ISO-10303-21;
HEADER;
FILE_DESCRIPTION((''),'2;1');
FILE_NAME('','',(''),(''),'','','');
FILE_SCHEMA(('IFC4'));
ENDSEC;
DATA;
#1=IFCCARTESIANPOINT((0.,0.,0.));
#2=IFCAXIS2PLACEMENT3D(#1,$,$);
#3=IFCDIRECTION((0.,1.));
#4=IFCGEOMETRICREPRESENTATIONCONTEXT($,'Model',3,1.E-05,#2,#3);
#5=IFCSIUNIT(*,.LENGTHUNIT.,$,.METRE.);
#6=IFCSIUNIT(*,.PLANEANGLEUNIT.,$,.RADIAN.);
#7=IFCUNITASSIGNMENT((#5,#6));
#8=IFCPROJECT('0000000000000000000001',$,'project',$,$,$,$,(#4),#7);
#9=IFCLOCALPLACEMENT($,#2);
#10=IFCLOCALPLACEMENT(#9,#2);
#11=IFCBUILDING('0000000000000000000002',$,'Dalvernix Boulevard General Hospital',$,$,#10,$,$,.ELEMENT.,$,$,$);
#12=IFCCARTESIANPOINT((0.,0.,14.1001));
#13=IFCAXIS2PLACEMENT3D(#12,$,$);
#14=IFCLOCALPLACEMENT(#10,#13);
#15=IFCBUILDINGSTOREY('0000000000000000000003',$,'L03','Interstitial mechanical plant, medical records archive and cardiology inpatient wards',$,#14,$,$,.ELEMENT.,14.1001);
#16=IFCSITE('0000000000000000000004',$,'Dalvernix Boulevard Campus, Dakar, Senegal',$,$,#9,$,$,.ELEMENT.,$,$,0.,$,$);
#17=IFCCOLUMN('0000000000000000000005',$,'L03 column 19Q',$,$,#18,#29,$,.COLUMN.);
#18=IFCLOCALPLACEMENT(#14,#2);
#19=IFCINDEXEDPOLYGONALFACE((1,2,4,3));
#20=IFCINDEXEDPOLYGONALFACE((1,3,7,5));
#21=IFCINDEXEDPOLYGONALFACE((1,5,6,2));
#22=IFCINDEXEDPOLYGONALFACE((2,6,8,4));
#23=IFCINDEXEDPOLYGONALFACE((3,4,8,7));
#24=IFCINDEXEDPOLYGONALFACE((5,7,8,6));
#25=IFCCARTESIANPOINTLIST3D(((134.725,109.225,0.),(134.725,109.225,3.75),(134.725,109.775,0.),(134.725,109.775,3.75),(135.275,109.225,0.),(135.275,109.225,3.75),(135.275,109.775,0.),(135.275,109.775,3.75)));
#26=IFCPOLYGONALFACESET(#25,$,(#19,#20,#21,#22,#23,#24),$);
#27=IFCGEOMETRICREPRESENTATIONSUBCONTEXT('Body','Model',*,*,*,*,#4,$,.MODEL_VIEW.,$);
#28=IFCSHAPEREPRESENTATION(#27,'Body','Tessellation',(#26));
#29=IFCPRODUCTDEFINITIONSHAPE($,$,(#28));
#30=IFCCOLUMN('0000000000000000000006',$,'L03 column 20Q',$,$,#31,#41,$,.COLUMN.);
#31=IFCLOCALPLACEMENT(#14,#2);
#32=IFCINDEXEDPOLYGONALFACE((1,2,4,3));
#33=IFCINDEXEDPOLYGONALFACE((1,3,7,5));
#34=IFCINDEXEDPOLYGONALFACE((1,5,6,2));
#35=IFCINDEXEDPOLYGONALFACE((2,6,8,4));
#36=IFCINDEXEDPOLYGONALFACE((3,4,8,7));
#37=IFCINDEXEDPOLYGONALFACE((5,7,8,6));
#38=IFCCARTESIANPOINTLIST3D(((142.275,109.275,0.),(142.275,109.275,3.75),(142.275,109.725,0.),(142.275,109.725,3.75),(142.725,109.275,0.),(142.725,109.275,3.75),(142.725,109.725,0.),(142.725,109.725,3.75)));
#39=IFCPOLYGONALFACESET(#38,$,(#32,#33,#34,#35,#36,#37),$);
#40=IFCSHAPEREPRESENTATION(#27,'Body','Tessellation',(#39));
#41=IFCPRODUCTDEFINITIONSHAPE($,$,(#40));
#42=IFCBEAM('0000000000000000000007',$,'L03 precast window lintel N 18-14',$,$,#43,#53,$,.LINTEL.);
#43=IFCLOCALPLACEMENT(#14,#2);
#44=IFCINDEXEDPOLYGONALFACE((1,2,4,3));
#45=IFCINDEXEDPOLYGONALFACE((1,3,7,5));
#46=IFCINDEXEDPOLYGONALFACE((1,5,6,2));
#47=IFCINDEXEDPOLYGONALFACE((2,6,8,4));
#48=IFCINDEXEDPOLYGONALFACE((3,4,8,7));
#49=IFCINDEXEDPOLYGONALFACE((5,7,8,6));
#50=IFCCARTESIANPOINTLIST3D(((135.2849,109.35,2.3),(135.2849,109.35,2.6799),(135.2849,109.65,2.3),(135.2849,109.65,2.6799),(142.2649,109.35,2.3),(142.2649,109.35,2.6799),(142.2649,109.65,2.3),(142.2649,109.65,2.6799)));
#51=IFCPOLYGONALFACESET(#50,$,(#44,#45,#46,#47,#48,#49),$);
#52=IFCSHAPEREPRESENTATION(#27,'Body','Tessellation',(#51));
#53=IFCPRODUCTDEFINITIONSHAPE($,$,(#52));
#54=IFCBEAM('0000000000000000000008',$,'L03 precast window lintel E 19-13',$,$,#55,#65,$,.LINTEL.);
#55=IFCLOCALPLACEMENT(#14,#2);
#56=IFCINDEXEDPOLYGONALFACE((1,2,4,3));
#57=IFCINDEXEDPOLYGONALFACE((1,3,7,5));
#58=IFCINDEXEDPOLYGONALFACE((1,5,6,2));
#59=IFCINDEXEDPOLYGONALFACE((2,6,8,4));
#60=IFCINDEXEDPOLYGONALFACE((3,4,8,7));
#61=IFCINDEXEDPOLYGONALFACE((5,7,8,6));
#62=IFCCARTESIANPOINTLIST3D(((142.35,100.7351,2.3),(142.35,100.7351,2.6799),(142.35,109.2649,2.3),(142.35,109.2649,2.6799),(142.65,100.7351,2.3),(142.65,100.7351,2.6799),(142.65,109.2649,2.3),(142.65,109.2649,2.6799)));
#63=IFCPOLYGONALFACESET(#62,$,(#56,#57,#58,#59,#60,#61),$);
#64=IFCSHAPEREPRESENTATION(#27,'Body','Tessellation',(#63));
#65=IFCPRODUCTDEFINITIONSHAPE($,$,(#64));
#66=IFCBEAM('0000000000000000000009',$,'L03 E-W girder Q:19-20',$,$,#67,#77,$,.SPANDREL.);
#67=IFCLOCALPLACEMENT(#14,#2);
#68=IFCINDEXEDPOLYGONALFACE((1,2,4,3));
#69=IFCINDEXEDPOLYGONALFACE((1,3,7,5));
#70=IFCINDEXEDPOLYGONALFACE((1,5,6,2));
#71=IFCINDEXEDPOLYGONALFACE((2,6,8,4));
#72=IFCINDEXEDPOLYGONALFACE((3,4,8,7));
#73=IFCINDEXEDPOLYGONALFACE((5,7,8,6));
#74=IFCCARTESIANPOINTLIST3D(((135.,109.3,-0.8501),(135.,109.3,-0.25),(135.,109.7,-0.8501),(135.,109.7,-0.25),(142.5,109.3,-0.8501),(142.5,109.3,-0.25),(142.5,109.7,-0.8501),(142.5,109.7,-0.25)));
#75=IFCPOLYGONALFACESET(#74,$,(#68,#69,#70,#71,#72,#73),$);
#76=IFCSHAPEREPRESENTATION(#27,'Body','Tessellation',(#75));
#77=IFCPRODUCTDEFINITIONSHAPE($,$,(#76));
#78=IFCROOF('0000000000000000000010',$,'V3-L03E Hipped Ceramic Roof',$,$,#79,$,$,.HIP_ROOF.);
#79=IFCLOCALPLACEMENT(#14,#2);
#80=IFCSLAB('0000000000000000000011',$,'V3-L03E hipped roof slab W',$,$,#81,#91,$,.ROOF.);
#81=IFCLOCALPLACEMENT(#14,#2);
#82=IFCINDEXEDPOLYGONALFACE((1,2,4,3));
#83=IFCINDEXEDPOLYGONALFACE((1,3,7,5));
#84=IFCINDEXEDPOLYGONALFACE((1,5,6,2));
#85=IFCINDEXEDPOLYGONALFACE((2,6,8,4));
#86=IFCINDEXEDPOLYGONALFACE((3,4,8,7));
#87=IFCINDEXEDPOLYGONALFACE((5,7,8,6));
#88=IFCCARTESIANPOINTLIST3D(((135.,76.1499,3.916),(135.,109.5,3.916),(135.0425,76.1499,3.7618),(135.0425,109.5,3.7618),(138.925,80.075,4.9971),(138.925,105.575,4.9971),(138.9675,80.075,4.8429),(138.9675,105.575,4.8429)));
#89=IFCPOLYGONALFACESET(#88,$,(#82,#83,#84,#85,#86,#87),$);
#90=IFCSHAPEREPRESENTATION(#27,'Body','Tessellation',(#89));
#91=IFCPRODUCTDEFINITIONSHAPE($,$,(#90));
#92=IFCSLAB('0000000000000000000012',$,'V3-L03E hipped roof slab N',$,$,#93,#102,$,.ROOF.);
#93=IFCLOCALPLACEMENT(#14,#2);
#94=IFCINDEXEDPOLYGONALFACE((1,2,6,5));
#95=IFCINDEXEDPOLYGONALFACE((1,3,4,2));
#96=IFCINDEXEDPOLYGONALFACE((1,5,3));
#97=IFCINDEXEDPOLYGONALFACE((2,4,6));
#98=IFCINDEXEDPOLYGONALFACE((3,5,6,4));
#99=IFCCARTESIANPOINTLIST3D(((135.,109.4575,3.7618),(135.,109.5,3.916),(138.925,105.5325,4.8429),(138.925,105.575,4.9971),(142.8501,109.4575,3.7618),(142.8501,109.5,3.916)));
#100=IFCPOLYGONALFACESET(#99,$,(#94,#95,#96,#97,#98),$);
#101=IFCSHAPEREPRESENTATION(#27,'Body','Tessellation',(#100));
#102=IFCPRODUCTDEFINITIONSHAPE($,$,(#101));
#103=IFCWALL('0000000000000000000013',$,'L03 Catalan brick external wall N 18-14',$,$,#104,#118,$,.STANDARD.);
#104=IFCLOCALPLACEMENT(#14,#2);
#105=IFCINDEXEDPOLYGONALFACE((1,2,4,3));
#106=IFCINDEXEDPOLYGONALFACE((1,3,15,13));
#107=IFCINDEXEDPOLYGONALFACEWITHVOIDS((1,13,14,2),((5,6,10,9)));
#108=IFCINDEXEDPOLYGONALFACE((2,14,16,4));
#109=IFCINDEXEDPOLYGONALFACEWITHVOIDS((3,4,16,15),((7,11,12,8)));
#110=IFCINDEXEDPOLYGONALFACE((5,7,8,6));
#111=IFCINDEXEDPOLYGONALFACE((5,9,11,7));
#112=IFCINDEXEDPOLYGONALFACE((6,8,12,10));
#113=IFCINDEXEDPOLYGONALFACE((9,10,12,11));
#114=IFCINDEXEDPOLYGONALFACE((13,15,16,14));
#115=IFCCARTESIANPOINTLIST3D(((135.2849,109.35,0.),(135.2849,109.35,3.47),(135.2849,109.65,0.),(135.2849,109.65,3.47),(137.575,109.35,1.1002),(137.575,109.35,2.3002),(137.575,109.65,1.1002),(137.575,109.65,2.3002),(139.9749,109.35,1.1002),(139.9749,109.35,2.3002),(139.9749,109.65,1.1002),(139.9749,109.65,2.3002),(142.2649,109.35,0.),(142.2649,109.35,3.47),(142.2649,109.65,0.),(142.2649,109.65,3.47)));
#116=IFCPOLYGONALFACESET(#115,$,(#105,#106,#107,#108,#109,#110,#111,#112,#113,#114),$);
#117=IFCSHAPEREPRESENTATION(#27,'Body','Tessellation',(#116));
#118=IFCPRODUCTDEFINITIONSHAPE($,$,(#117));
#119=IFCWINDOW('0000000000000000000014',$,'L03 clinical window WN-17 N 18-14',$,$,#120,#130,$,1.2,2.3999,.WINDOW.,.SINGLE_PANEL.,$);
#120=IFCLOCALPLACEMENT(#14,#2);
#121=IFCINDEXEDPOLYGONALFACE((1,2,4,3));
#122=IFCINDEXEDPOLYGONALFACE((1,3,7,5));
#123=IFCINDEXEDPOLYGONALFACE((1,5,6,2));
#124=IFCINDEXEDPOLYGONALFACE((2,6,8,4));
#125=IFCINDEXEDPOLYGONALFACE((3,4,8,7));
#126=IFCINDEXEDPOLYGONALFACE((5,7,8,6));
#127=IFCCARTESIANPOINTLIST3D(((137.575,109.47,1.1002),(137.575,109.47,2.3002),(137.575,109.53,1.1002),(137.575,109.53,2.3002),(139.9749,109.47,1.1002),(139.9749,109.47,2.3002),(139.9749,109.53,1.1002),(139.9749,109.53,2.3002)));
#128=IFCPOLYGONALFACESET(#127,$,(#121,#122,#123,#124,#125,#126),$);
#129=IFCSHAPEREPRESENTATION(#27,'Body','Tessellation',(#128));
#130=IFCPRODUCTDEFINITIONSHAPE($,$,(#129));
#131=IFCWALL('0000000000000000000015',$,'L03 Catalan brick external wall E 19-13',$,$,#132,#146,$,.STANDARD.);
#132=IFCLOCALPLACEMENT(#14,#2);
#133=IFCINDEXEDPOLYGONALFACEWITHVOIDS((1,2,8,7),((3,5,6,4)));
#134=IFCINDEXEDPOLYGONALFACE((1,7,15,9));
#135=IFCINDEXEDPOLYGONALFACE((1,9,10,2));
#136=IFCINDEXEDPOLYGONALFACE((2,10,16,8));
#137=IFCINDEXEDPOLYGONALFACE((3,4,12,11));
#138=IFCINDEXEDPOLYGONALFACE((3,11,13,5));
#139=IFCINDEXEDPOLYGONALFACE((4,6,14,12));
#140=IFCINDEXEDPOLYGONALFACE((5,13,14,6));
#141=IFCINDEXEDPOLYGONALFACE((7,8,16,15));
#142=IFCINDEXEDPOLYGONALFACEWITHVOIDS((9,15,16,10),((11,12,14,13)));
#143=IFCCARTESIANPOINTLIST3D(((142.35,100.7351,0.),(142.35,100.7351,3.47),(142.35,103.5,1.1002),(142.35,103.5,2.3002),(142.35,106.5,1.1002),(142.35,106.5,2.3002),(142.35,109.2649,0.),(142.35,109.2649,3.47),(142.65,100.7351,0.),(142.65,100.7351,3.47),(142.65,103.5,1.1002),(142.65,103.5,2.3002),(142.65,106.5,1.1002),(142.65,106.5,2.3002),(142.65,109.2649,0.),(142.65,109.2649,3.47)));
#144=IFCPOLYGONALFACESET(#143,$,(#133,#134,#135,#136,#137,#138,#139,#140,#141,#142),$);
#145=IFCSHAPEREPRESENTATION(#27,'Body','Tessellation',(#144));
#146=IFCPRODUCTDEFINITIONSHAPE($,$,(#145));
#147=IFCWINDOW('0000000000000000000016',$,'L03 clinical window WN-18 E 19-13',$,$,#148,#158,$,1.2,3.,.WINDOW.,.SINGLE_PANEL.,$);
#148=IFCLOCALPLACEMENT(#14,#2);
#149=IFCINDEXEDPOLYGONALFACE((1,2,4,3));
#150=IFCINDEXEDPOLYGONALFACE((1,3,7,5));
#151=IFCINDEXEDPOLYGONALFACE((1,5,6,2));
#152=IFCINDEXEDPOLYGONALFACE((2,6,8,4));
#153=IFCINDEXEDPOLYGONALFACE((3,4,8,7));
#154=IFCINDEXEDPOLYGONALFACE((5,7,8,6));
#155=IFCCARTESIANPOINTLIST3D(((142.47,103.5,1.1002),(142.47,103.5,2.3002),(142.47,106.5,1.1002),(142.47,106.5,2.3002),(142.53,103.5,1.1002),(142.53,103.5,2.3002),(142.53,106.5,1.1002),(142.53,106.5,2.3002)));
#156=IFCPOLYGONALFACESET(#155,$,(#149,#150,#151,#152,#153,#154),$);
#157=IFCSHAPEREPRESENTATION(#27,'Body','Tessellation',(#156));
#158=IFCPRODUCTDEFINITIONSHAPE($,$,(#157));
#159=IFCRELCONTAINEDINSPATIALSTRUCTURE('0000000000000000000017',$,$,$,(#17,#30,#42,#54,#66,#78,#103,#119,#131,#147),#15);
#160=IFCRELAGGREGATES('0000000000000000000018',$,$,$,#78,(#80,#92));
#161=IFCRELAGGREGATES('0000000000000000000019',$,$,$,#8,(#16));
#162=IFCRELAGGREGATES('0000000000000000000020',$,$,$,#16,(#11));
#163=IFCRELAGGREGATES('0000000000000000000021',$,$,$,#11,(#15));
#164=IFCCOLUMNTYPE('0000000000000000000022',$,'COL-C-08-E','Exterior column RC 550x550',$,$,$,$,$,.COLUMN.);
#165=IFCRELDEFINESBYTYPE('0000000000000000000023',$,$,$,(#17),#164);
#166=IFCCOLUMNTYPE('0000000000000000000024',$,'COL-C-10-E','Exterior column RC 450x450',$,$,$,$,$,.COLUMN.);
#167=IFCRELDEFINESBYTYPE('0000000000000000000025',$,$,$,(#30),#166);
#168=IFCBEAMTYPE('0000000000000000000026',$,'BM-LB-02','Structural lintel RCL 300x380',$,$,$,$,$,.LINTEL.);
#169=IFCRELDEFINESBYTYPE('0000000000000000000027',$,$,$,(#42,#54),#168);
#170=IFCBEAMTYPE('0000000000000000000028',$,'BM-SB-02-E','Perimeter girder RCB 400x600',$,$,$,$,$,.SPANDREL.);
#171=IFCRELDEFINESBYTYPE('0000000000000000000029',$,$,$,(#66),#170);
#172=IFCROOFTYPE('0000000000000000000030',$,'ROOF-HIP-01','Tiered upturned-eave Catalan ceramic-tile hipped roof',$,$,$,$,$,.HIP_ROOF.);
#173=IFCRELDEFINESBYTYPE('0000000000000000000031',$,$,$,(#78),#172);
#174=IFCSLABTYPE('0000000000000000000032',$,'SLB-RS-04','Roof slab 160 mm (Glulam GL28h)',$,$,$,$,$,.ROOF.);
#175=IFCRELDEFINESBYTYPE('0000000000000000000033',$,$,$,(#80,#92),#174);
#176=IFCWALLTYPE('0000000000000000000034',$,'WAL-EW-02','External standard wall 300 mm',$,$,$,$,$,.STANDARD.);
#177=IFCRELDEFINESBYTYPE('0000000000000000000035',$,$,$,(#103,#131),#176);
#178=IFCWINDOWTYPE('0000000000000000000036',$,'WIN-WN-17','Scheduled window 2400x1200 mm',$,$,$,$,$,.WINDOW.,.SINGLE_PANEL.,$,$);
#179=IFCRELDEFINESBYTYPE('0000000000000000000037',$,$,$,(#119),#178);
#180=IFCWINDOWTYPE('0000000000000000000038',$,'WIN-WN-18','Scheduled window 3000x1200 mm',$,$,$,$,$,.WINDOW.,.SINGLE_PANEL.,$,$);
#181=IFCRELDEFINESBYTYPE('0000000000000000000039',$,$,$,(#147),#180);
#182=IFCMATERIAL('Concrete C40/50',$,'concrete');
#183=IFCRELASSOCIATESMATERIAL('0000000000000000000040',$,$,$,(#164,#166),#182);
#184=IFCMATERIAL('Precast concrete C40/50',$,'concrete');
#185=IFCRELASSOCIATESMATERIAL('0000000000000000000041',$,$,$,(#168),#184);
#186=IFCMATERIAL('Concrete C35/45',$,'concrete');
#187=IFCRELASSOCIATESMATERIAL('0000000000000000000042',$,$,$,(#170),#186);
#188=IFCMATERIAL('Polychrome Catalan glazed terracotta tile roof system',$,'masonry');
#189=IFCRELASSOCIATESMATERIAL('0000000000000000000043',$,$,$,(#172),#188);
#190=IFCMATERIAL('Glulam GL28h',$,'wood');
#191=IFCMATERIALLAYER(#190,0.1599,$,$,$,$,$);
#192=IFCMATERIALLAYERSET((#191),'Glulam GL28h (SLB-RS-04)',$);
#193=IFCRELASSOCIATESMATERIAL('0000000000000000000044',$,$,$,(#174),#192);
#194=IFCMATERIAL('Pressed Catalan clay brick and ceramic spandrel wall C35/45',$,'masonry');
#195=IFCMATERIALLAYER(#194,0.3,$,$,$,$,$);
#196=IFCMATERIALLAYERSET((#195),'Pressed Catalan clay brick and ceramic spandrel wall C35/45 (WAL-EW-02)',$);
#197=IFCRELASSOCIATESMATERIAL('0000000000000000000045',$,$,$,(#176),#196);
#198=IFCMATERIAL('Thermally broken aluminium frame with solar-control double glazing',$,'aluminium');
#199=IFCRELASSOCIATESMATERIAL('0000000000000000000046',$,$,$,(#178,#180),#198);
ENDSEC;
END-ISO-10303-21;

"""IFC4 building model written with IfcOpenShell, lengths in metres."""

from ifc_helpers import new_model, si_unit, direction, frame, frame_2d, origin, origin_2d, place, context, subcontext, project, spatial, polyline, rectangle, outline, extrude, material, layer, layer_set, material_profile, profile_set, type_object, element, fill, aggregate, save


model = new_model("IFC4")

# Units and contexts
model_context = context("Model", 3, precision=1e-05, world=origin(), true_north=direction((0.0, 1.0)))
body_context = subcontext(model_context, "Body", "Model", "MODEL_VIEW")
ifc_project = project(units=[si_unit("LENGTHUNIT", "METRE"), si_unit("PLANEANGLEUNIT", "RADIAN")], contexts=[model_context])

# Site, building, storey
site_placement = place(None, origin())
site = spatial("IfcSite", under=ifc_project, at=site_placement, Name="Dalvernix Boulevard Campus, Dakar, Senegal", CompositionType="ELEMENT", RefElevation=0.0)
building_placement = place(site_placement, origin())
building = spatial("IfcBuilding", under=site, at=building_placement, Name="Dalvernix Boulevard General Hospital", CompositionType="ELEMENT")
storey_placement = place(building_placement, frame((0.0, 0.0, 14.1001)))
storey = spatial("IfcBuildingStorey", under=building, at=storey_placement, Name="L03", Description="Interstitial mechanical plant, medical records archive and cardiology inpatient wards", CompositionType="ELEMENT", Elevation=14.1001)

# Columns
ifc_material_1 = material(Name="Concrete C40/50", Category="concrete")
ifc_material_profile_1 = material_profile(ifc_material_1, rectangle(XDim=0.55, YDim=0.55, at=origin_2d()), Name="RC 550x550")
ifc_profile_set_1 = profile_set([ifc_material_profile_1], Name="Concrete C40/50")
column_type_1 = type_object("IfcColumnType", Name="COL-C-08-E", Description="Exterior column RC 550x550", PredefinedType="COLUMN", material=ifc_profile_set_1)
column_1_placement = place(storey_placement, frame((135.0, 109.5, 0.0), z_axis=(0.0, 0.0, 1.0), x_axis=(1.0, 0.0, 0.0)))
element("IfcColumn", 1, at=column_1_placement, inside=storey, type_object=column_type_1, Name="L03 column 19Q", PredefinedType="COLUMN", context=body_context, shape_type="SweptSolid", body=[
    extrude(rectangle(XDim=0.55, YDim=0.55, at=origin_2d()), origin(), (0.0, 0.0, 1.0), 3.75),
])
ifc_material_profile_2 = material_profile(ifc_material_1, rectangle(XDim=0.45, YDim=0.45, at=origin_2d()), Name="RC 450x450")
ifc_profile_set_2 = profile_set([ifc_material_profile_2], Name="Concrete C40/50")
column_type_2 = type_object("IfcColumnType", Name="COL-C-10-E", Description="Exterior column RC 450x450", PredefinedType="COLUMN", material=ifc_profile_set_2)
column_2_placement = place(storey_placement, frame((142.5, 109.5, 0.0), z_axis=(0.0, 0.0, 1.0), x_axis=(1.0, 0.0, 0.0)))
element("IfcColumn", 2, at=column_2_placement, inside=storey, type_object=column_type_2, Name="L03 column 20Q", PredefinedType="COLUMN", context=body_context, shape_type="SweptSolid", body=[
    extrude(rectangle(XDim=0.45, YDim=0.45, at=origin_2d()), origin(), (0.0, 0.0, 1.0), 3.75),
])

# Beams
ifc_material_2 = material(Name="Precast concrete C40/50", Category="concrete")
ifc_material_profile_3 = material_profile(ifc_material_2, rectangle(XDim=0.3, YDim=0.3799, at=origin_2d()), Name="RCL 300x380")
ifc_profile_set_3 = profile_set([ifc_material_profile_3], Name="Precast concrete C40/50")
beam_type_1 = type_object("IfcBeamType", Name="BM-LB-02", Description="Structural lintel RCL 300x380", PredefinedType="LINTEL", material=ifc_profile_set_3)
beam_1_placement = place(storey_placement, frame((135.2849, 109.5, 2.49), z_axis=(1.0, 0.0, 0.0), x_axis=(0.0, 1.0, 0.0)))
element("IfcBeam", 3, at=beam_1_placement, inside=storey, type_object=beam_type_1, Name="L03 precast window lintel N 18-14", PredefinedType="LINTEL", context=body_context, shape_type="SweptSolid", body=[
    extrude(rectangle(XDim=0.3, YDim=0.3799, at=origin_2d()), origin(), (0.0, 0.0, 1.0), 6.98),
])
beam_2_placement = place(storey_placement, frame((142.5, 109.2649, 2.49), z_axis=(0.0, -1.0, 0.0), x_axis=(1.0, 0.0, 0.0)))
element("IfcBeam", 4, at=beam_2_placement, inside=storey, type_object=beam_type_1, Name="L03 precast window lintel E 19-13", PredefinedType="LINTEL", context=body_context, shape_type="SweptSolid", body=[
    extrude(rectangle(XDim=0.3, YDim=0.3799, at=origin_2d()), origin(), (0.0, 0.0, 1.0), 8.5298),
])
ifc_material_3 = material(Name="Concrete C35/45", Category="concrete")
ifc_material_profile_4 = material_profile(ifc_material_3, rectangle(XDim=0.3999, YDim=0.6001, at=origin_2d()), Name="RCB 400x600")
ifc_profile_set_4 = profile_set([ifc_material_profile_4], Name="Concrete C35/45")
beam_type_2 = type_object("IfcBeamType", Name="BM-SB-02-E", Description="Perimeter girder RCB 400x600", PredefinedType="SPANDREL", material=ifc_profile_set_4)
beam_3_placement = place(storey_placement, frame((135.0, 109.5, -0.55), z_axis=(1.0, 0.0, 0.0), x_axis=(0.0, 1.0, 0.0)))
element("IfcBeam", 5, at=beam_3_placement, inside=storey, type_object=beam_type_2, Name="L03 E-W girder Q:19-20", PredefinedType="SPANDREL", context=body_context, shape_type="SweptSolid", body=[
    extrude(rectangle(XDim=0.3999, YDim=0.6001, at=origin_2d()), origin(), (0.0, 0.0, 1.0), 7.5),
])

# Roof, slabs
ifc_material_4 = material(Name="Polychrome Catalan glazed terracotta tile roof system", Category="masonry")
roof_type_1 = type_object("IfcRoofType", Name="ROOF-HIP-01", Description="Tiered upturned-eave Catalan ceramic-tile hipped roof", PredefinedType="HIP_ROOF", material=ifc_material_4)
roof_1_placement = place(storey_placement, origin())
roof_1 = element("IfcRoof", 6, at=roof_1_placement, inside=storey, type_object=roof_type_1, Name="V3-L03E Hipped Ceramic Roof", PredefinedType="HIP_ROOF")
ifc_material_5 = material(Name="Glulam GL28h", Category="wood")
ifc_layer_1 = layer(ifc_material_5, 0.1599)
ifc_layer_set_1 = layer_set([ifc_layer_1], Name="Glulam GL28h (SLB-RS-04)")
slab_type = type_object("IfcSlabType", Name="SLB-RS-04", Description="Roof slab 160 mm (Glulam GL28h)", PredefinedType="ROOF", material=ifc_layer_set_1)
slab_1_placement = place(storey_placement, frame((135.0, 109.5, 3.916), z_axis=(-0.265537, 0.0, 0.964101), x_axis=(0.0, -1.0, 0.0)))
slab_1 = element("IfcSlab", 7, at=slab_1_placement, type_object=slab_type, Name="V3-L03E hipped roof slab W", PredefinedType="ROOF", context=body_context, shape_type="SweptSolid", body=[
    extrude(outline(polyline([(0.0, 0.0), (33.3501, 0.0), (29.425, 4.0712), (3.925, 4.0712), (0.0, 0.0)])), origin(), (0.0, 0.0, -1.0), 0.1599),
])
slab_2_placement = place(storey_placement, frame((142.8501, 109.5, 3.916), z_axis=(0.0, 0.265537, 0.964101), x_axis=(-1.0, 0.0, 0.0)))
slab_2 = element("IfcSlab", 8, at=slab_2_placement, type_object=slab_type, Name="V3-L03E hipped roof slab N", PredefinedType="ROOF", context=body_context, shape_type="SweptSolid", body=[
    extrude(outline(polyline([(0.0, 0.0), (7.8501, 0.0), (3.925, 4.0712), (0.0, 0.0)])), origin(), (0.0, 0.0, -1.0), 0.1599),
])
aggregate(roof_1, [slab_1, slab_2])

# Walls, openings, windows
ifc_material_6 = material(Name="Pressed Catalan clay brick and ceramic spandrel wall C35/45", Category="masonry")
ifc_layer_2 = layer(ifc_material_6, 0.3)
ifc_layer_set_2 = layer_set([ifc_layer_2], Name="Pressed Catalan clay brick and ceramic spandrel wall C35/45 (WAL-EW-02)")
wall_type_1 = type_object("IfcWallType", Name="WAL-EW-02", Description="External standard wall 300 mm", PredefinedType="STANDARD", material=ifc_layer_set_2)
wall_1_placement = place(storey_placement, frame((135.2849, 109.5, 0.0), z_axis=(0.0, 0.0, 1.0), x_axis=(1.0, 0.0, 0.0)))
wall_1 = element("IfcWall", 9, at=wall_1_placement, inside=storey, type_object=wall_type_1, Name="L03 Catalan brick external wall N 18-14", PredefinedType="STANDARD", context=body_context, shape_type="SweptSolid", body=[
    extrude(rectangle(XDim=6.98, YDim=0.3, at=frame_2d((3.49, 0.0))), origin(), (0.0, 0.0, 1.0), 3.47),
])
opening_1_placement = place(wall_1_placement, frame((2.29, 0.0, 1.1001)))
opening_1 = element("IfcOpeningElement", 10, at=opening_1_placement, cuts=wall_1, PredefinedType="OPENING", context=body_context, shape_type="SweptSolid", body=[
    extrude(rectangle(XDim=2.3999, YDim=1.2, at=frame_2d((1.2, 0.6001))), frame((0.0, 0.1599, 0.0), z_axis=(0.0, -1.0, 0.0), x_axis=(1.0, 0.0, 0.0)), (0.0, 0.0, 1.0), 0.3201),
])
ifc_material_7 = material(Name="Thermally broken aluminium frame with solar-control double glazing", Category="aluminium")
window_type_1 = type_object("IfcWindowType", Name="WIN-WN-17", Description="Scheduled window 2400x1200 mm", PartitioningType="SINGLE_PANEL", PredefinedType="WINDOW", material=ifc_material_7)
window_1_placement = place(opening_1_placement, origin())
window_1 = element("IfcWindow", 11, at=window_1_placement, inside=storey, type_object=window_type_1, Name="L03 clinical window WN-17 N 18-14", OverallHeight=1.2, OverallWidth=2.3999, PartitioningType="SINGLE_PANEL", PredefinedType="WINDOW", context=body_context, shape_type="SweptSolid", body=[
    extrude(rectangle(XDim=2.3999, YDim=1.2, at=frame_2d((1.2, 0.6001))), frame((0.0, 0.03, 0.0), z_axis=(0.0, -1.0, 0.0), x_axis=(1.0, 0.0, 0.0)), (0.0, 0.0, 1.0), 0.0601),
])
fill(opening_1, window_1)
wall_2_placement = place(storey_placement, frame((142.5, 109.2649, 0.0), z_axis=(0.0, 0.0, 1.0), x_axis=(0.0, -1.0, 0.0)))
wall_2 = element("IfcWall", 12, at=wall_2_placement, inside=storey, type_object=wall_type_1, Name="L03 Catalan brick external wall E 19-13", PredefinedType="STANDARD", context=body_context, shape_type="SweptSolid", body=[
    extrude(rectangle(XDim=8.5298, YDim=0.3, at=frame_2d((4.2649, 0.0))), origin(), (0.0, 0.0, 1.0), 3.47),
])
opening_2_placement = place(wall_2_placement, frame((2.7649, 0.0, 1.1001)))
opening_2 = element("IfcOpeningElement", 13, at=opening_2_placement, cuts=wall_2, PredefinedType="OPENING", context=body_context, shape_type="SweptSolid", body=[
    extrude(rectangle(XDim=3.0, YDim=1.2, at=frame_2d((1.5, 0.6001))), frame((0.0, 0.1599, 0.0), z_axis=(0.0, -1.0, 0.0), x_axis=(1.0, 0.0, 0.0)), (0.0, 0.0, 1.0), 0.3201),
])
window_type_2 = type_object("IfcWindowType", Name="WIN-WN-18", Description="Scheduled window 3000x1200 mm", PartitioningType="SINGLE_PANEL", PredefinedType="WINDOW", material=ifc_material_7)
window_2_placement = place(opening_2_placement, origin())
window_2 = element("IfcWindow", 14, at=window_2_placement, inside=storey, type_object=window_type_2, Name="L03 clinical window WN-18 E 19-13", OverallHeight=1.2, OverallWidth=3.0, PartitioningType="SINGLE_PANEL", PredefinedType="WINDOW", context=body_context, shape_type="SweptSolid", body=[
    extrude(rectangle(XDim=3.0, YDim=1.2, at=frame_2d((1.5, 0.6001))), frame((0.0, 0.03, 0.0), z_axis=(0.0, -1.0, 0.0), x_axis=(1.0, 0.0, 0.0)), (0.0, 0.0, 1.0), 0.0601),
])
fill(opening_2, window_2)

save(model, "model.ifc")
